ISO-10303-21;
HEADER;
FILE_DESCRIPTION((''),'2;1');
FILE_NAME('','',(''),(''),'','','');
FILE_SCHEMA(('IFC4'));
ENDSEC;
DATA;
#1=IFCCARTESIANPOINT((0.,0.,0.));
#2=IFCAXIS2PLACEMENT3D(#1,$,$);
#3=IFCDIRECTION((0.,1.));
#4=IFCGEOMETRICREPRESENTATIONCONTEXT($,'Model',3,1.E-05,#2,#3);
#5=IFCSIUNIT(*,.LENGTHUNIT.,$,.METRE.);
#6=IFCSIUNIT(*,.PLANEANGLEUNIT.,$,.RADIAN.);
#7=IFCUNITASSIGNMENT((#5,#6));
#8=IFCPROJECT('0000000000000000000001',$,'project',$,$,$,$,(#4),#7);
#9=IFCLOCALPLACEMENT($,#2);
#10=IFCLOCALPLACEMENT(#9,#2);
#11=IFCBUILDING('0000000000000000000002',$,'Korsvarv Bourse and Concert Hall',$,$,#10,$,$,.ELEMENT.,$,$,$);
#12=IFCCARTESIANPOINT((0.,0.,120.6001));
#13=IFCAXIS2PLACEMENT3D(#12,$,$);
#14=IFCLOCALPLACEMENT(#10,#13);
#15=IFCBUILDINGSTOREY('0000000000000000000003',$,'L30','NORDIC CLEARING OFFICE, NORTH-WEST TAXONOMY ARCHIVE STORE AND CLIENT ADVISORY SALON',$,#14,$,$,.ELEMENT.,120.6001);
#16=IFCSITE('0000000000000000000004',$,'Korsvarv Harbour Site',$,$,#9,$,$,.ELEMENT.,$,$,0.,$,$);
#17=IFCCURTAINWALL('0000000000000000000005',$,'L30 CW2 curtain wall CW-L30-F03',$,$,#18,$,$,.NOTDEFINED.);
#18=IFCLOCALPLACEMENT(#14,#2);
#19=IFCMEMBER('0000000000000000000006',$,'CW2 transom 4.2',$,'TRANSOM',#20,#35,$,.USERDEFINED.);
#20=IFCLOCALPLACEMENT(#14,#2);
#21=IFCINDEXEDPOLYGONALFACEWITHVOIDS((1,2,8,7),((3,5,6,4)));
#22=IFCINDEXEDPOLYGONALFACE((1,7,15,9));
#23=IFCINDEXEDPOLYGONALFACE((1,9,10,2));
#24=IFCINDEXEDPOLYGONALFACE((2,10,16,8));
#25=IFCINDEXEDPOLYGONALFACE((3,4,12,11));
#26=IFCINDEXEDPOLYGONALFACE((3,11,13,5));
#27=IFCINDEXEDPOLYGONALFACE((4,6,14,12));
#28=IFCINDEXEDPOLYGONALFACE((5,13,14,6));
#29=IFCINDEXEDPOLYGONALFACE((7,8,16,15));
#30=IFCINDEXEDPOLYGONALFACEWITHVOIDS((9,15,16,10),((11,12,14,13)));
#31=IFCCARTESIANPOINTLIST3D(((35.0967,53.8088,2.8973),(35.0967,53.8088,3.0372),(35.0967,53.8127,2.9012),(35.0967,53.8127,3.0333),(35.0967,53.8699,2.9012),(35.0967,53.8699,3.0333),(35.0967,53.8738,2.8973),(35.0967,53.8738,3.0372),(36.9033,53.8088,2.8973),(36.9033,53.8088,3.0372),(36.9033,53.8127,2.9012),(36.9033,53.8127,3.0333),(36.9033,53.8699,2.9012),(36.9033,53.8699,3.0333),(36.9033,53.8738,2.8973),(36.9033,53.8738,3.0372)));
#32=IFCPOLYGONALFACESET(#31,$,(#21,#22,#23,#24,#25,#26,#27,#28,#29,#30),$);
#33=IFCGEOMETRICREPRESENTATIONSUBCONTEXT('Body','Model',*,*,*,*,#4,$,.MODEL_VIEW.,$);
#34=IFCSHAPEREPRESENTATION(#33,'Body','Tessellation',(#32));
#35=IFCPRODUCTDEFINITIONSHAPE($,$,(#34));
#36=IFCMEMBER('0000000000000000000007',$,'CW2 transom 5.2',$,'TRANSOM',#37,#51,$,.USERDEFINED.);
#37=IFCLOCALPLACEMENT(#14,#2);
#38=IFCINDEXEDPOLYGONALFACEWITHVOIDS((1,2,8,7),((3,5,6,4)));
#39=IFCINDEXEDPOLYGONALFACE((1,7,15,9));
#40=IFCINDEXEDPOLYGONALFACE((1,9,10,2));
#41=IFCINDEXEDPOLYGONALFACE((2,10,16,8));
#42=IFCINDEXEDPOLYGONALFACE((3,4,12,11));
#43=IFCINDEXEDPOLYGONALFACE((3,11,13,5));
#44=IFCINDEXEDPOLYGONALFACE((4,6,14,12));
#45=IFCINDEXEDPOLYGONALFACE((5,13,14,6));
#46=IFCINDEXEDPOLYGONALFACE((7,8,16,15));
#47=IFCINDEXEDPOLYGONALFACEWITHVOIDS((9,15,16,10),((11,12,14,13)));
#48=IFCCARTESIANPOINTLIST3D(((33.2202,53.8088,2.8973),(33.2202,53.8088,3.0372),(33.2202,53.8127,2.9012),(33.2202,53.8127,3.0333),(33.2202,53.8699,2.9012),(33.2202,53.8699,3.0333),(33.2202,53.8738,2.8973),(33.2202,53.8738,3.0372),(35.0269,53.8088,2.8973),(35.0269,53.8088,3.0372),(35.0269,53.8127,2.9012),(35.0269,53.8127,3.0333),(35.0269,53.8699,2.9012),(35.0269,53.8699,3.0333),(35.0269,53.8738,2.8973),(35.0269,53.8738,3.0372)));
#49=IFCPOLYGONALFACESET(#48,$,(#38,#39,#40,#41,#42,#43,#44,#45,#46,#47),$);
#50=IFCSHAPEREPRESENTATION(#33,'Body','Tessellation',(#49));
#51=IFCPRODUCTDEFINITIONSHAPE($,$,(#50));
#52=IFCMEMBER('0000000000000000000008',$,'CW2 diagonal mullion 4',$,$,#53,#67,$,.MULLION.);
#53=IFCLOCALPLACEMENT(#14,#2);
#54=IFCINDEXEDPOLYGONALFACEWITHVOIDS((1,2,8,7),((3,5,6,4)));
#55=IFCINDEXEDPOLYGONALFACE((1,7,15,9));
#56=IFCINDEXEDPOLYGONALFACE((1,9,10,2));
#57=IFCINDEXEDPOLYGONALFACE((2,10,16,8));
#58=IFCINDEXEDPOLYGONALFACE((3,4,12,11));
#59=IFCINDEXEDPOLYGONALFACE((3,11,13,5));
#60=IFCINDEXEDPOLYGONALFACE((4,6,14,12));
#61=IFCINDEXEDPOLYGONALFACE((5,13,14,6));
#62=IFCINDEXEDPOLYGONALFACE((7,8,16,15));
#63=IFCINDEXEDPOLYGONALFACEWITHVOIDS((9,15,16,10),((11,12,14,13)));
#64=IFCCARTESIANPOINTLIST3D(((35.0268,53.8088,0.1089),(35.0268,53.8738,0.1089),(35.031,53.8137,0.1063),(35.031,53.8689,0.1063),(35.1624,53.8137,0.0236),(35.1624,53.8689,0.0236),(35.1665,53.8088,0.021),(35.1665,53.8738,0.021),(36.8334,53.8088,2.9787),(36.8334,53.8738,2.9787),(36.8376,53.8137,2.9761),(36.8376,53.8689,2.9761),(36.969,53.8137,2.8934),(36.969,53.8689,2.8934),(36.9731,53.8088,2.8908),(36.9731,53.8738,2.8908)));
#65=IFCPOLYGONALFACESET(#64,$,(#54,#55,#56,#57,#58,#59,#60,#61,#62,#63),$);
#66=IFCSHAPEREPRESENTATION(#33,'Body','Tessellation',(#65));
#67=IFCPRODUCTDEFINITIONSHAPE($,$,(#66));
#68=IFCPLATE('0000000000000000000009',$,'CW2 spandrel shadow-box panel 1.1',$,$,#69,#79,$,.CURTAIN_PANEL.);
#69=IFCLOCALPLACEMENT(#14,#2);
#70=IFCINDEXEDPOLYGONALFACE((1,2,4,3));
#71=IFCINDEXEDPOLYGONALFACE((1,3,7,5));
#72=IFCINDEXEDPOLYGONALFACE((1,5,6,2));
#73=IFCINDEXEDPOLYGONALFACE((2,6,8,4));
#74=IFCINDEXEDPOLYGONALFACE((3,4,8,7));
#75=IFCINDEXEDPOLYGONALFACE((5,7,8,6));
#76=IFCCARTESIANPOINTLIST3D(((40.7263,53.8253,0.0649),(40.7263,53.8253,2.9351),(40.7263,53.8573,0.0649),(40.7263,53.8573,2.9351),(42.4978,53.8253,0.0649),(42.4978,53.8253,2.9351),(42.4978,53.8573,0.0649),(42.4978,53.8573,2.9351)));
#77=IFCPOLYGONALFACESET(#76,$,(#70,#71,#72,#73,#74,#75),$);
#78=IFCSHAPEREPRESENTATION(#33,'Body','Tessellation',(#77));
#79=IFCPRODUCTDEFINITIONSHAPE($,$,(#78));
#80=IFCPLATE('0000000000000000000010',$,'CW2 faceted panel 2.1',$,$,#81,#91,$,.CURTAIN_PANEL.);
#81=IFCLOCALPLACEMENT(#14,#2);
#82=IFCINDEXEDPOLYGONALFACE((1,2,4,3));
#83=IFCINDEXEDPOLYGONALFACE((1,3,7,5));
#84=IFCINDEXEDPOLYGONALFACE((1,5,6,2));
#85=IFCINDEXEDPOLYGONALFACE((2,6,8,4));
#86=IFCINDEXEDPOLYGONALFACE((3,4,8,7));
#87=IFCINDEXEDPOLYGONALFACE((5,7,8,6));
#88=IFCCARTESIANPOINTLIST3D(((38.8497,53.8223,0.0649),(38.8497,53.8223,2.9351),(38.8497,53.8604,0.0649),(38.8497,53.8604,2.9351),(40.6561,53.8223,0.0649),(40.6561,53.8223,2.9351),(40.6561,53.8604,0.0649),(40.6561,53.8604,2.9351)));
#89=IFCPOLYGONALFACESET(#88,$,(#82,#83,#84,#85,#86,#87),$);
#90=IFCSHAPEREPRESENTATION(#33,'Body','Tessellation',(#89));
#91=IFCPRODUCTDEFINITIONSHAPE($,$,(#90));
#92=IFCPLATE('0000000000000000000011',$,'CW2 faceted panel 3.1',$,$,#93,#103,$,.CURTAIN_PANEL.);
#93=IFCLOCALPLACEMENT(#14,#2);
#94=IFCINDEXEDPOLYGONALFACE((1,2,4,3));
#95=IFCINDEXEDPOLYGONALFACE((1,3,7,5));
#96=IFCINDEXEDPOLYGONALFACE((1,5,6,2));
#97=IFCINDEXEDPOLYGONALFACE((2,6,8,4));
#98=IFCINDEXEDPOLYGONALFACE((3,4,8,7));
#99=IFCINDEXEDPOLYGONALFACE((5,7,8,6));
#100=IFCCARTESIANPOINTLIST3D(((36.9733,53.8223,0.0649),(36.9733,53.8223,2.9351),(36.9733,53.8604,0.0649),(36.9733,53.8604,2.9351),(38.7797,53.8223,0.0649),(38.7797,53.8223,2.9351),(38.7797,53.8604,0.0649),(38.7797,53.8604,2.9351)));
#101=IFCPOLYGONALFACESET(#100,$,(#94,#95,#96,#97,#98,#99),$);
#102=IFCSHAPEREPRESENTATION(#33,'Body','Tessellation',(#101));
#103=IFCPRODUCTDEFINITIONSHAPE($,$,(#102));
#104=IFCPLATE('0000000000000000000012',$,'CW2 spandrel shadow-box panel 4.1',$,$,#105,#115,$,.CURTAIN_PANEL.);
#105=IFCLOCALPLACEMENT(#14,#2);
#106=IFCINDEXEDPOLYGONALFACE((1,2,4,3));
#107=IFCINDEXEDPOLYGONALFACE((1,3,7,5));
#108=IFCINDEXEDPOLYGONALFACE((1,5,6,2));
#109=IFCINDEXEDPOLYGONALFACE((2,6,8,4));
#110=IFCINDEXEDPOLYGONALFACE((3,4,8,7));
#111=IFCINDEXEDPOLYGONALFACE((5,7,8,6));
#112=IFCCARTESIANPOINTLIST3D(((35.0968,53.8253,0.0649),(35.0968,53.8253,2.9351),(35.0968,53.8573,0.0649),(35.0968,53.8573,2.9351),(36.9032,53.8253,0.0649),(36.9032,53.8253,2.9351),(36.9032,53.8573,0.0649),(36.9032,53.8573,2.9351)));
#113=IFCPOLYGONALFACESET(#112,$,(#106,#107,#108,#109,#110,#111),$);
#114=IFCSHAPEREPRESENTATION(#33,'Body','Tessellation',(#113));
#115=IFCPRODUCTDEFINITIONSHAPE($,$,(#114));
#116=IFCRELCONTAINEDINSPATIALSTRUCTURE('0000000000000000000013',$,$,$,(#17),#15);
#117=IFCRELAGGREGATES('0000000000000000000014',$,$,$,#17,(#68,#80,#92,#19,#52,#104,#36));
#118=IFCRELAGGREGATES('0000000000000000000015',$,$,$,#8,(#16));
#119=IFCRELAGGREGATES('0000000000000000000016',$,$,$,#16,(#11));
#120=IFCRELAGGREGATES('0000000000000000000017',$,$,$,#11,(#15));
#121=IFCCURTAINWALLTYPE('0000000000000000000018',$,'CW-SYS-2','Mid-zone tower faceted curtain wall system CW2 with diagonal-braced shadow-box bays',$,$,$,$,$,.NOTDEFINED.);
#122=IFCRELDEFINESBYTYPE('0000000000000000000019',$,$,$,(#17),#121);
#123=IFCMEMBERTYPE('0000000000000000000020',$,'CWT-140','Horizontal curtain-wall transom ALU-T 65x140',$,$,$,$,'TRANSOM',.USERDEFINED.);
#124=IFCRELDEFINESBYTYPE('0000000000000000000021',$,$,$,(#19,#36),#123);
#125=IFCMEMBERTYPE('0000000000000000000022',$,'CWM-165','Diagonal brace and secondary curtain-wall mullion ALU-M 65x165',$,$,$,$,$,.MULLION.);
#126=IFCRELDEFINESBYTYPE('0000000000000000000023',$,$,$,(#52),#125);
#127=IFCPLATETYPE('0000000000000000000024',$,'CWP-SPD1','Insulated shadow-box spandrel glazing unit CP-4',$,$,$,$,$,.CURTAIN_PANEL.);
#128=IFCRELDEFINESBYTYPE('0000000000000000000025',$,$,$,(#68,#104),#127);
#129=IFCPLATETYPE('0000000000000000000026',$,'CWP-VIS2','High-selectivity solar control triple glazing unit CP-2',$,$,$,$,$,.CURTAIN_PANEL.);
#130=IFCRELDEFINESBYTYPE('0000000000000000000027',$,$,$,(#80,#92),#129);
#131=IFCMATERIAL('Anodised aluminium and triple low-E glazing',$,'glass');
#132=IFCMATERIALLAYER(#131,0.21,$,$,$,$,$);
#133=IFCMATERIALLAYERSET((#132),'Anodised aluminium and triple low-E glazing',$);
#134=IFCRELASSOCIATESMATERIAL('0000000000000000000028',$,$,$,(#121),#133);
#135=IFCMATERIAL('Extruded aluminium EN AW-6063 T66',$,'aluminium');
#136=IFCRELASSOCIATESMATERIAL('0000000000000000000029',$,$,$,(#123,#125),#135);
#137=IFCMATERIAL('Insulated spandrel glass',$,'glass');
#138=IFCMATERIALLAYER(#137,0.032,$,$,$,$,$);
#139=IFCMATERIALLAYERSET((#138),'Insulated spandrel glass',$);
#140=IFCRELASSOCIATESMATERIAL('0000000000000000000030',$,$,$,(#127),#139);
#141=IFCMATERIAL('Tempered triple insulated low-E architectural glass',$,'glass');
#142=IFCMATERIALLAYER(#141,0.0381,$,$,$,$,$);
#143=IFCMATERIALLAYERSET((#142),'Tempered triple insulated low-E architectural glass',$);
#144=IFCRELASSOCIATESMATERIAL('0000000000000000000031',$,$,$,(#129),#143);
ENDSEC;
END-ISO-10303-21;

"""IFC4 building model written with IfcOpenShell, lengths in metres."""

from ifc_helpers import new_model, si_unit, direction, frame, origin, origin_2d, place, context, subcontext, project, spatial, rectangle, hollow_rectangle, extrude, source, transform, mapped, material, layer, layer_set, material_profile, profile_set, type_object, element, aggregate, save


model = new_model("IFC4")

# Units and contexts
model_context = context("Model", 3, precision=1e-05, world=origin(), true_north=direction((0.0, 1.0)))
body_context = subcontext(model_context, "Body", "Model", "MODEL_VIEW")
ifc_project = project(units=[si_unit("LENGTHUNIT", "METRE"), si_unit("PLANEANGLEUNIT", "RADIAN")], contexts=[model_context])

# Site, building, storey
site_placement = place(None, origin())
site = spatial("IfcSite", under=ifc_project, at=site_placement, Name="Korsvarv Harbour Site", CompositionType="ELEMENT", RefElevation=0.0)
building_placement = place(site_placement, origin())
building = spatial("IfcBuilding", under=site, at=building_placement, Name="Korsvarv Bourse and Concert Hall", CompositionType="ELEMENT")
storey_placement = place(building_placement, frame((0.0, 0.0, 120.6001)))
storey = spatial("IfcBuildingStorey", under=building, at=storey_placement, Name="L30", Description="NORDIC CLEARING OFFICE, NORTH-WEST TAXONOMY ARCHIVE STORE AND CLIENT ADVISORY SALON", CompositionType="ELEMENT", Elevation=120.6001)

# Curtain wall, members, plates
ifc_material_1 = material(Name="Anodised aluminium and triple low-E glazing", Category="glass")
ifc_layer_1 = layer(ifc_material_1, 0.21)
ifc_layer_set_1 = layer_set([ifc_layer_1], Name="Anodised aluminium and triple low-E glazing")
curtain_wall_type = type_object("IfcCurtainWallType", Name="CW-SYS-2", Description="Mid-zone tower faceted curtain wall system CW2 with diagonal-braced shadow-box bays", PredefinedType="NOTDEFINED", material=ifc_layer_set_1)
curtain_wall_placement = place(storey_placement, origin())
curtain_wall = element("IfcCurtainWall", 1, at=curtain_wall_placement, inside=storey, type_object=curtain_wall_type, Name="L30 CW2 curtain wall CW-L30-F03", PredefinedType="NOTDEFINED")
ifc_material_2 = material(Name="Extruded aluminium EN AW-6063 T66", Category="aluminium")
ifc_material_profile_1 = material_profile(ifc_material_2, hollow_rectangle(XDim=0.0649, YDim=0.1399, WallThickness=0.0039, at=origin_2d()), Name="ALU-T 65x140")
ifc_profile_set_1 = profile_set([ifc_material_profile_1], Name="Extruded aluminium EN AW-6063 T66")
member_type_1 = type_object("IfcMemberType", Name="CWT-140", Description="Horizontal curtain-wall transom ALU-T 65x140", ElementType="TRANSOM", PredefinedType="USERDEFINED", material=ifc_profile_set_1)
shared_shape_1 = source(origin(), body_context, "Body", "SweptSolid", [
    extrude(hollow_rectangle(XDim=0.0649, YDim=0.1399, WallThickness=0.0039, at=origin_2d()), origin(), (0.0, 0.0, 1.0), 1.8066),
])
member_1_placement = place(storey_placement, frame((36.9033, 53.8413, 2.9673), z_axis=(-1.0, 0.0, 0.0), x_axis=(0.0, -1.0, 0.0)))
member_1 = element("IfcMember", 2, at=member_1_placement, type_object=member_type_1, Name="CW2 transom 4.2", ObjectType="TRANSOM", PredefinedType="USERDEFINED", context=body_context, shape_type="MappedRepresentation", body=[
    mapped(shared_shape_1, transform((0.0, 0.0, 0.0), scale=1.0)),
])
member_2_placement = place(storey_placement, frame((35.0269, 53.8413, 2.9673), z_axis=(-1.0, 0.0, 0.0), x_axis=(0.0, -1.0, 0.0)))
member_2 = element("IfcMember", 3, at=member_2_placement, type_object=member_type_1, Name="CW2 transom 5.2", ObjectType="TRANSOM", PredefinedType="USERDEFINED", context=body_context, shape_type="MappedRepresentation", body=[
    mapped(shared_shape_1, transform((0.0, 0.0, 0.0), scale=1.0)),
])
ifc_material_profile_2 = material_profile(ifc_material_2, hollow_rectangle(XDim=0.0649, YDim=0.165, WallThickness=0.0049, at=origin_2d()), Name="ALU-M 65x165")
ifc_profile_set_2 = profile_set([ifc_material_profile_2], Name="Extruded aluminium EN AW-6063 T66")
member_type_2 = type_object("IfcMemberType", Name="CWM-165", Description="Diagonal brace and secondary curtain-wall mullion ALU-M 65x165", PredefinedType="MULLION", material=ifc_profile_set_2)
shared_shape_2 = source(origin(), body_context, "Body", "SweptSolid", [
    extrude(hollow_rectangle(XDim=0.0649, YDim=0.165, WallThickness=0.0049, at=origin_2d()), origin(), (0.0, 0.0, 1.0), 3.3911),
])
member_3_placement = place(storey_placement, frame((35.0967, 53.8413, 0.0649), z_axis=(0.532746, 0.0, 0.846275), x_axis=(0.0, 1.0, 0.0)))
member_3 = element("IfcMember", 4, at=member_3_placement, type_object=member_type_2, Name="CW2 diagonal mullion 4", PredefinedType="MULLION", context=body_context, shape_type="MappedRepresentation", body=[
    mapped(shared_shape_2, transform((0.0, 0.0, 0.0), scale=1.0)),
])
ifc_material_3 = material(Name="Insulated spandrel glass", Category="glass")
ifc_layer_2 = layer(ifc_material_3, 0.032)
ifc_layer_set_2 = layer_set([ifc_layer_2], Name="Insulated spandrel glass")
plate_type_1 = type_object("IfcPlateType", Name="CWP-SPD1", Description="Insulated shadow-box spandrel glazing unit CP-4", PredefinedType="CURTAIN_PANEL", material=ifc_layer_set_2)
shared_shape_3 = source(origin(), body_context, "Body", "SweptSolid", [
    extrude(rectangle(XDim=1.7715, YDim=0.032, at=origin_2d()), origin(), (0.0, 0.0, 1.0), 2.8701),
])
plate_1_placement = place(storey_placement, frame((41.6121, 53.8413, 0.0649), z_axis=(0.0, 0.0, 1.0), x_axis=(-1.0, 0.0, 0.0)))
plate_1 = element("IfcPlate", 5, at=plate_1_placement, type_object=plate_type_1, Name="CW2 spandrel shadow-box panel 1.1", PredefinedType="CURTAIN_PANEL", context=body_context, shape_type="MappedRepresentation", body=[
    mapped(shared_shape_3, transform((0.0, 0.0, 0.0), scale=1.0)),
])
ifc_material_4 = material(Name="Tempered triple insulated low-E architectural glass", Category="glass")
ifc_layer_3 = layer(ifc_material_4, 0.0381)
ifc_layer_set_3 = layer_set([ifc_layer_3], Name="Tempered triple insulated low-E architectural glass")
plate_type_2 = type_object("IfcPlateType", Name="CWP-VIS2", Description="High-selectivity solar control triple glazing unit CP-2", PredefinedType="CURTAIN_PANEL", material=ifc_layer_set_3)
shared_shape_4 = source(origin(), body_context, "Body", "SweptSolid", [
    extrude(rectangle(XDim=1.8064, YDim=0.0381, at=origin_2d()), origin(), (0.0, 0.0, 1.0), 2.8701),
])
plate_2_placement = place(storey_placement, frame((39.7529, 53.8413, 0.0649), z_axis=(0.0, 0.0, 1.0), x_axis=(-1.0, 0.0, 0.0)))
plate_2 = element("IfcPlate", 6, at=plate_2_placement, type_object=plate_type_2, Name="CW2 faceted panel 2.1", PredefinedType="CURTAIN_PANEL", context=body_context, shape_type="MappedRepresentation", body=[
    mapped(shared_shape_4, transform((0.0, 0.0, 0.0), scale=1.0)),
])
plate_3_placement = place(storey_placement, frame((37.8765, 53.8413, 0.0649), z_axis=(0.0, 0.0, 1.0), x_axis=(-1.0, 0.0, 0.0)))
plate_3 = element("IfcPlate", 7, at=plate_3_placement, type_object=plate_type_2, Name="CW2 faceted panel 3.1", PredefinedType="CURTAIN_PANEL", context=body_context, shape_type="MappedRepresentation", body=[
    mapped(shared_shape_4, transform((0.0, 0.0, 0.0), scale=1.0)),
])
shared_shape_5 = source(origin(), body_context, "Body", "SweptSolid", [
    extrude(rectangle(XDim=1.8064, YDim=0.032, at=origin_2d()), origin(), (0.0, 0.0, 1.0), 2.8701),
])
plate_4_placement = place(storey_placement, frame((36.0, 53.8413, 0.0649), z_axis=(0.0, 0.0, 1.0), x_axis=(-1.0, 0.0, 0.0)))
plate_4 = element("IfcPlate", 8, at=plate_4_placement, type_object=plate_type_1, Name="CW2 spandrel shadow-box panel 4.1", PredefinedType="CURTAIN_PANEL", context=body_context, shape_type="MappedRepresentation", body=[
    mapped(shared_shape_5, transform((0.0, 0.0, 0.0), scale=1.0)),
])
aggregate(curtain_wall, [plate_1, plate_2, plate_3, member_1, member_3, plate_4, member_2])

save(model, "model.ifc")
